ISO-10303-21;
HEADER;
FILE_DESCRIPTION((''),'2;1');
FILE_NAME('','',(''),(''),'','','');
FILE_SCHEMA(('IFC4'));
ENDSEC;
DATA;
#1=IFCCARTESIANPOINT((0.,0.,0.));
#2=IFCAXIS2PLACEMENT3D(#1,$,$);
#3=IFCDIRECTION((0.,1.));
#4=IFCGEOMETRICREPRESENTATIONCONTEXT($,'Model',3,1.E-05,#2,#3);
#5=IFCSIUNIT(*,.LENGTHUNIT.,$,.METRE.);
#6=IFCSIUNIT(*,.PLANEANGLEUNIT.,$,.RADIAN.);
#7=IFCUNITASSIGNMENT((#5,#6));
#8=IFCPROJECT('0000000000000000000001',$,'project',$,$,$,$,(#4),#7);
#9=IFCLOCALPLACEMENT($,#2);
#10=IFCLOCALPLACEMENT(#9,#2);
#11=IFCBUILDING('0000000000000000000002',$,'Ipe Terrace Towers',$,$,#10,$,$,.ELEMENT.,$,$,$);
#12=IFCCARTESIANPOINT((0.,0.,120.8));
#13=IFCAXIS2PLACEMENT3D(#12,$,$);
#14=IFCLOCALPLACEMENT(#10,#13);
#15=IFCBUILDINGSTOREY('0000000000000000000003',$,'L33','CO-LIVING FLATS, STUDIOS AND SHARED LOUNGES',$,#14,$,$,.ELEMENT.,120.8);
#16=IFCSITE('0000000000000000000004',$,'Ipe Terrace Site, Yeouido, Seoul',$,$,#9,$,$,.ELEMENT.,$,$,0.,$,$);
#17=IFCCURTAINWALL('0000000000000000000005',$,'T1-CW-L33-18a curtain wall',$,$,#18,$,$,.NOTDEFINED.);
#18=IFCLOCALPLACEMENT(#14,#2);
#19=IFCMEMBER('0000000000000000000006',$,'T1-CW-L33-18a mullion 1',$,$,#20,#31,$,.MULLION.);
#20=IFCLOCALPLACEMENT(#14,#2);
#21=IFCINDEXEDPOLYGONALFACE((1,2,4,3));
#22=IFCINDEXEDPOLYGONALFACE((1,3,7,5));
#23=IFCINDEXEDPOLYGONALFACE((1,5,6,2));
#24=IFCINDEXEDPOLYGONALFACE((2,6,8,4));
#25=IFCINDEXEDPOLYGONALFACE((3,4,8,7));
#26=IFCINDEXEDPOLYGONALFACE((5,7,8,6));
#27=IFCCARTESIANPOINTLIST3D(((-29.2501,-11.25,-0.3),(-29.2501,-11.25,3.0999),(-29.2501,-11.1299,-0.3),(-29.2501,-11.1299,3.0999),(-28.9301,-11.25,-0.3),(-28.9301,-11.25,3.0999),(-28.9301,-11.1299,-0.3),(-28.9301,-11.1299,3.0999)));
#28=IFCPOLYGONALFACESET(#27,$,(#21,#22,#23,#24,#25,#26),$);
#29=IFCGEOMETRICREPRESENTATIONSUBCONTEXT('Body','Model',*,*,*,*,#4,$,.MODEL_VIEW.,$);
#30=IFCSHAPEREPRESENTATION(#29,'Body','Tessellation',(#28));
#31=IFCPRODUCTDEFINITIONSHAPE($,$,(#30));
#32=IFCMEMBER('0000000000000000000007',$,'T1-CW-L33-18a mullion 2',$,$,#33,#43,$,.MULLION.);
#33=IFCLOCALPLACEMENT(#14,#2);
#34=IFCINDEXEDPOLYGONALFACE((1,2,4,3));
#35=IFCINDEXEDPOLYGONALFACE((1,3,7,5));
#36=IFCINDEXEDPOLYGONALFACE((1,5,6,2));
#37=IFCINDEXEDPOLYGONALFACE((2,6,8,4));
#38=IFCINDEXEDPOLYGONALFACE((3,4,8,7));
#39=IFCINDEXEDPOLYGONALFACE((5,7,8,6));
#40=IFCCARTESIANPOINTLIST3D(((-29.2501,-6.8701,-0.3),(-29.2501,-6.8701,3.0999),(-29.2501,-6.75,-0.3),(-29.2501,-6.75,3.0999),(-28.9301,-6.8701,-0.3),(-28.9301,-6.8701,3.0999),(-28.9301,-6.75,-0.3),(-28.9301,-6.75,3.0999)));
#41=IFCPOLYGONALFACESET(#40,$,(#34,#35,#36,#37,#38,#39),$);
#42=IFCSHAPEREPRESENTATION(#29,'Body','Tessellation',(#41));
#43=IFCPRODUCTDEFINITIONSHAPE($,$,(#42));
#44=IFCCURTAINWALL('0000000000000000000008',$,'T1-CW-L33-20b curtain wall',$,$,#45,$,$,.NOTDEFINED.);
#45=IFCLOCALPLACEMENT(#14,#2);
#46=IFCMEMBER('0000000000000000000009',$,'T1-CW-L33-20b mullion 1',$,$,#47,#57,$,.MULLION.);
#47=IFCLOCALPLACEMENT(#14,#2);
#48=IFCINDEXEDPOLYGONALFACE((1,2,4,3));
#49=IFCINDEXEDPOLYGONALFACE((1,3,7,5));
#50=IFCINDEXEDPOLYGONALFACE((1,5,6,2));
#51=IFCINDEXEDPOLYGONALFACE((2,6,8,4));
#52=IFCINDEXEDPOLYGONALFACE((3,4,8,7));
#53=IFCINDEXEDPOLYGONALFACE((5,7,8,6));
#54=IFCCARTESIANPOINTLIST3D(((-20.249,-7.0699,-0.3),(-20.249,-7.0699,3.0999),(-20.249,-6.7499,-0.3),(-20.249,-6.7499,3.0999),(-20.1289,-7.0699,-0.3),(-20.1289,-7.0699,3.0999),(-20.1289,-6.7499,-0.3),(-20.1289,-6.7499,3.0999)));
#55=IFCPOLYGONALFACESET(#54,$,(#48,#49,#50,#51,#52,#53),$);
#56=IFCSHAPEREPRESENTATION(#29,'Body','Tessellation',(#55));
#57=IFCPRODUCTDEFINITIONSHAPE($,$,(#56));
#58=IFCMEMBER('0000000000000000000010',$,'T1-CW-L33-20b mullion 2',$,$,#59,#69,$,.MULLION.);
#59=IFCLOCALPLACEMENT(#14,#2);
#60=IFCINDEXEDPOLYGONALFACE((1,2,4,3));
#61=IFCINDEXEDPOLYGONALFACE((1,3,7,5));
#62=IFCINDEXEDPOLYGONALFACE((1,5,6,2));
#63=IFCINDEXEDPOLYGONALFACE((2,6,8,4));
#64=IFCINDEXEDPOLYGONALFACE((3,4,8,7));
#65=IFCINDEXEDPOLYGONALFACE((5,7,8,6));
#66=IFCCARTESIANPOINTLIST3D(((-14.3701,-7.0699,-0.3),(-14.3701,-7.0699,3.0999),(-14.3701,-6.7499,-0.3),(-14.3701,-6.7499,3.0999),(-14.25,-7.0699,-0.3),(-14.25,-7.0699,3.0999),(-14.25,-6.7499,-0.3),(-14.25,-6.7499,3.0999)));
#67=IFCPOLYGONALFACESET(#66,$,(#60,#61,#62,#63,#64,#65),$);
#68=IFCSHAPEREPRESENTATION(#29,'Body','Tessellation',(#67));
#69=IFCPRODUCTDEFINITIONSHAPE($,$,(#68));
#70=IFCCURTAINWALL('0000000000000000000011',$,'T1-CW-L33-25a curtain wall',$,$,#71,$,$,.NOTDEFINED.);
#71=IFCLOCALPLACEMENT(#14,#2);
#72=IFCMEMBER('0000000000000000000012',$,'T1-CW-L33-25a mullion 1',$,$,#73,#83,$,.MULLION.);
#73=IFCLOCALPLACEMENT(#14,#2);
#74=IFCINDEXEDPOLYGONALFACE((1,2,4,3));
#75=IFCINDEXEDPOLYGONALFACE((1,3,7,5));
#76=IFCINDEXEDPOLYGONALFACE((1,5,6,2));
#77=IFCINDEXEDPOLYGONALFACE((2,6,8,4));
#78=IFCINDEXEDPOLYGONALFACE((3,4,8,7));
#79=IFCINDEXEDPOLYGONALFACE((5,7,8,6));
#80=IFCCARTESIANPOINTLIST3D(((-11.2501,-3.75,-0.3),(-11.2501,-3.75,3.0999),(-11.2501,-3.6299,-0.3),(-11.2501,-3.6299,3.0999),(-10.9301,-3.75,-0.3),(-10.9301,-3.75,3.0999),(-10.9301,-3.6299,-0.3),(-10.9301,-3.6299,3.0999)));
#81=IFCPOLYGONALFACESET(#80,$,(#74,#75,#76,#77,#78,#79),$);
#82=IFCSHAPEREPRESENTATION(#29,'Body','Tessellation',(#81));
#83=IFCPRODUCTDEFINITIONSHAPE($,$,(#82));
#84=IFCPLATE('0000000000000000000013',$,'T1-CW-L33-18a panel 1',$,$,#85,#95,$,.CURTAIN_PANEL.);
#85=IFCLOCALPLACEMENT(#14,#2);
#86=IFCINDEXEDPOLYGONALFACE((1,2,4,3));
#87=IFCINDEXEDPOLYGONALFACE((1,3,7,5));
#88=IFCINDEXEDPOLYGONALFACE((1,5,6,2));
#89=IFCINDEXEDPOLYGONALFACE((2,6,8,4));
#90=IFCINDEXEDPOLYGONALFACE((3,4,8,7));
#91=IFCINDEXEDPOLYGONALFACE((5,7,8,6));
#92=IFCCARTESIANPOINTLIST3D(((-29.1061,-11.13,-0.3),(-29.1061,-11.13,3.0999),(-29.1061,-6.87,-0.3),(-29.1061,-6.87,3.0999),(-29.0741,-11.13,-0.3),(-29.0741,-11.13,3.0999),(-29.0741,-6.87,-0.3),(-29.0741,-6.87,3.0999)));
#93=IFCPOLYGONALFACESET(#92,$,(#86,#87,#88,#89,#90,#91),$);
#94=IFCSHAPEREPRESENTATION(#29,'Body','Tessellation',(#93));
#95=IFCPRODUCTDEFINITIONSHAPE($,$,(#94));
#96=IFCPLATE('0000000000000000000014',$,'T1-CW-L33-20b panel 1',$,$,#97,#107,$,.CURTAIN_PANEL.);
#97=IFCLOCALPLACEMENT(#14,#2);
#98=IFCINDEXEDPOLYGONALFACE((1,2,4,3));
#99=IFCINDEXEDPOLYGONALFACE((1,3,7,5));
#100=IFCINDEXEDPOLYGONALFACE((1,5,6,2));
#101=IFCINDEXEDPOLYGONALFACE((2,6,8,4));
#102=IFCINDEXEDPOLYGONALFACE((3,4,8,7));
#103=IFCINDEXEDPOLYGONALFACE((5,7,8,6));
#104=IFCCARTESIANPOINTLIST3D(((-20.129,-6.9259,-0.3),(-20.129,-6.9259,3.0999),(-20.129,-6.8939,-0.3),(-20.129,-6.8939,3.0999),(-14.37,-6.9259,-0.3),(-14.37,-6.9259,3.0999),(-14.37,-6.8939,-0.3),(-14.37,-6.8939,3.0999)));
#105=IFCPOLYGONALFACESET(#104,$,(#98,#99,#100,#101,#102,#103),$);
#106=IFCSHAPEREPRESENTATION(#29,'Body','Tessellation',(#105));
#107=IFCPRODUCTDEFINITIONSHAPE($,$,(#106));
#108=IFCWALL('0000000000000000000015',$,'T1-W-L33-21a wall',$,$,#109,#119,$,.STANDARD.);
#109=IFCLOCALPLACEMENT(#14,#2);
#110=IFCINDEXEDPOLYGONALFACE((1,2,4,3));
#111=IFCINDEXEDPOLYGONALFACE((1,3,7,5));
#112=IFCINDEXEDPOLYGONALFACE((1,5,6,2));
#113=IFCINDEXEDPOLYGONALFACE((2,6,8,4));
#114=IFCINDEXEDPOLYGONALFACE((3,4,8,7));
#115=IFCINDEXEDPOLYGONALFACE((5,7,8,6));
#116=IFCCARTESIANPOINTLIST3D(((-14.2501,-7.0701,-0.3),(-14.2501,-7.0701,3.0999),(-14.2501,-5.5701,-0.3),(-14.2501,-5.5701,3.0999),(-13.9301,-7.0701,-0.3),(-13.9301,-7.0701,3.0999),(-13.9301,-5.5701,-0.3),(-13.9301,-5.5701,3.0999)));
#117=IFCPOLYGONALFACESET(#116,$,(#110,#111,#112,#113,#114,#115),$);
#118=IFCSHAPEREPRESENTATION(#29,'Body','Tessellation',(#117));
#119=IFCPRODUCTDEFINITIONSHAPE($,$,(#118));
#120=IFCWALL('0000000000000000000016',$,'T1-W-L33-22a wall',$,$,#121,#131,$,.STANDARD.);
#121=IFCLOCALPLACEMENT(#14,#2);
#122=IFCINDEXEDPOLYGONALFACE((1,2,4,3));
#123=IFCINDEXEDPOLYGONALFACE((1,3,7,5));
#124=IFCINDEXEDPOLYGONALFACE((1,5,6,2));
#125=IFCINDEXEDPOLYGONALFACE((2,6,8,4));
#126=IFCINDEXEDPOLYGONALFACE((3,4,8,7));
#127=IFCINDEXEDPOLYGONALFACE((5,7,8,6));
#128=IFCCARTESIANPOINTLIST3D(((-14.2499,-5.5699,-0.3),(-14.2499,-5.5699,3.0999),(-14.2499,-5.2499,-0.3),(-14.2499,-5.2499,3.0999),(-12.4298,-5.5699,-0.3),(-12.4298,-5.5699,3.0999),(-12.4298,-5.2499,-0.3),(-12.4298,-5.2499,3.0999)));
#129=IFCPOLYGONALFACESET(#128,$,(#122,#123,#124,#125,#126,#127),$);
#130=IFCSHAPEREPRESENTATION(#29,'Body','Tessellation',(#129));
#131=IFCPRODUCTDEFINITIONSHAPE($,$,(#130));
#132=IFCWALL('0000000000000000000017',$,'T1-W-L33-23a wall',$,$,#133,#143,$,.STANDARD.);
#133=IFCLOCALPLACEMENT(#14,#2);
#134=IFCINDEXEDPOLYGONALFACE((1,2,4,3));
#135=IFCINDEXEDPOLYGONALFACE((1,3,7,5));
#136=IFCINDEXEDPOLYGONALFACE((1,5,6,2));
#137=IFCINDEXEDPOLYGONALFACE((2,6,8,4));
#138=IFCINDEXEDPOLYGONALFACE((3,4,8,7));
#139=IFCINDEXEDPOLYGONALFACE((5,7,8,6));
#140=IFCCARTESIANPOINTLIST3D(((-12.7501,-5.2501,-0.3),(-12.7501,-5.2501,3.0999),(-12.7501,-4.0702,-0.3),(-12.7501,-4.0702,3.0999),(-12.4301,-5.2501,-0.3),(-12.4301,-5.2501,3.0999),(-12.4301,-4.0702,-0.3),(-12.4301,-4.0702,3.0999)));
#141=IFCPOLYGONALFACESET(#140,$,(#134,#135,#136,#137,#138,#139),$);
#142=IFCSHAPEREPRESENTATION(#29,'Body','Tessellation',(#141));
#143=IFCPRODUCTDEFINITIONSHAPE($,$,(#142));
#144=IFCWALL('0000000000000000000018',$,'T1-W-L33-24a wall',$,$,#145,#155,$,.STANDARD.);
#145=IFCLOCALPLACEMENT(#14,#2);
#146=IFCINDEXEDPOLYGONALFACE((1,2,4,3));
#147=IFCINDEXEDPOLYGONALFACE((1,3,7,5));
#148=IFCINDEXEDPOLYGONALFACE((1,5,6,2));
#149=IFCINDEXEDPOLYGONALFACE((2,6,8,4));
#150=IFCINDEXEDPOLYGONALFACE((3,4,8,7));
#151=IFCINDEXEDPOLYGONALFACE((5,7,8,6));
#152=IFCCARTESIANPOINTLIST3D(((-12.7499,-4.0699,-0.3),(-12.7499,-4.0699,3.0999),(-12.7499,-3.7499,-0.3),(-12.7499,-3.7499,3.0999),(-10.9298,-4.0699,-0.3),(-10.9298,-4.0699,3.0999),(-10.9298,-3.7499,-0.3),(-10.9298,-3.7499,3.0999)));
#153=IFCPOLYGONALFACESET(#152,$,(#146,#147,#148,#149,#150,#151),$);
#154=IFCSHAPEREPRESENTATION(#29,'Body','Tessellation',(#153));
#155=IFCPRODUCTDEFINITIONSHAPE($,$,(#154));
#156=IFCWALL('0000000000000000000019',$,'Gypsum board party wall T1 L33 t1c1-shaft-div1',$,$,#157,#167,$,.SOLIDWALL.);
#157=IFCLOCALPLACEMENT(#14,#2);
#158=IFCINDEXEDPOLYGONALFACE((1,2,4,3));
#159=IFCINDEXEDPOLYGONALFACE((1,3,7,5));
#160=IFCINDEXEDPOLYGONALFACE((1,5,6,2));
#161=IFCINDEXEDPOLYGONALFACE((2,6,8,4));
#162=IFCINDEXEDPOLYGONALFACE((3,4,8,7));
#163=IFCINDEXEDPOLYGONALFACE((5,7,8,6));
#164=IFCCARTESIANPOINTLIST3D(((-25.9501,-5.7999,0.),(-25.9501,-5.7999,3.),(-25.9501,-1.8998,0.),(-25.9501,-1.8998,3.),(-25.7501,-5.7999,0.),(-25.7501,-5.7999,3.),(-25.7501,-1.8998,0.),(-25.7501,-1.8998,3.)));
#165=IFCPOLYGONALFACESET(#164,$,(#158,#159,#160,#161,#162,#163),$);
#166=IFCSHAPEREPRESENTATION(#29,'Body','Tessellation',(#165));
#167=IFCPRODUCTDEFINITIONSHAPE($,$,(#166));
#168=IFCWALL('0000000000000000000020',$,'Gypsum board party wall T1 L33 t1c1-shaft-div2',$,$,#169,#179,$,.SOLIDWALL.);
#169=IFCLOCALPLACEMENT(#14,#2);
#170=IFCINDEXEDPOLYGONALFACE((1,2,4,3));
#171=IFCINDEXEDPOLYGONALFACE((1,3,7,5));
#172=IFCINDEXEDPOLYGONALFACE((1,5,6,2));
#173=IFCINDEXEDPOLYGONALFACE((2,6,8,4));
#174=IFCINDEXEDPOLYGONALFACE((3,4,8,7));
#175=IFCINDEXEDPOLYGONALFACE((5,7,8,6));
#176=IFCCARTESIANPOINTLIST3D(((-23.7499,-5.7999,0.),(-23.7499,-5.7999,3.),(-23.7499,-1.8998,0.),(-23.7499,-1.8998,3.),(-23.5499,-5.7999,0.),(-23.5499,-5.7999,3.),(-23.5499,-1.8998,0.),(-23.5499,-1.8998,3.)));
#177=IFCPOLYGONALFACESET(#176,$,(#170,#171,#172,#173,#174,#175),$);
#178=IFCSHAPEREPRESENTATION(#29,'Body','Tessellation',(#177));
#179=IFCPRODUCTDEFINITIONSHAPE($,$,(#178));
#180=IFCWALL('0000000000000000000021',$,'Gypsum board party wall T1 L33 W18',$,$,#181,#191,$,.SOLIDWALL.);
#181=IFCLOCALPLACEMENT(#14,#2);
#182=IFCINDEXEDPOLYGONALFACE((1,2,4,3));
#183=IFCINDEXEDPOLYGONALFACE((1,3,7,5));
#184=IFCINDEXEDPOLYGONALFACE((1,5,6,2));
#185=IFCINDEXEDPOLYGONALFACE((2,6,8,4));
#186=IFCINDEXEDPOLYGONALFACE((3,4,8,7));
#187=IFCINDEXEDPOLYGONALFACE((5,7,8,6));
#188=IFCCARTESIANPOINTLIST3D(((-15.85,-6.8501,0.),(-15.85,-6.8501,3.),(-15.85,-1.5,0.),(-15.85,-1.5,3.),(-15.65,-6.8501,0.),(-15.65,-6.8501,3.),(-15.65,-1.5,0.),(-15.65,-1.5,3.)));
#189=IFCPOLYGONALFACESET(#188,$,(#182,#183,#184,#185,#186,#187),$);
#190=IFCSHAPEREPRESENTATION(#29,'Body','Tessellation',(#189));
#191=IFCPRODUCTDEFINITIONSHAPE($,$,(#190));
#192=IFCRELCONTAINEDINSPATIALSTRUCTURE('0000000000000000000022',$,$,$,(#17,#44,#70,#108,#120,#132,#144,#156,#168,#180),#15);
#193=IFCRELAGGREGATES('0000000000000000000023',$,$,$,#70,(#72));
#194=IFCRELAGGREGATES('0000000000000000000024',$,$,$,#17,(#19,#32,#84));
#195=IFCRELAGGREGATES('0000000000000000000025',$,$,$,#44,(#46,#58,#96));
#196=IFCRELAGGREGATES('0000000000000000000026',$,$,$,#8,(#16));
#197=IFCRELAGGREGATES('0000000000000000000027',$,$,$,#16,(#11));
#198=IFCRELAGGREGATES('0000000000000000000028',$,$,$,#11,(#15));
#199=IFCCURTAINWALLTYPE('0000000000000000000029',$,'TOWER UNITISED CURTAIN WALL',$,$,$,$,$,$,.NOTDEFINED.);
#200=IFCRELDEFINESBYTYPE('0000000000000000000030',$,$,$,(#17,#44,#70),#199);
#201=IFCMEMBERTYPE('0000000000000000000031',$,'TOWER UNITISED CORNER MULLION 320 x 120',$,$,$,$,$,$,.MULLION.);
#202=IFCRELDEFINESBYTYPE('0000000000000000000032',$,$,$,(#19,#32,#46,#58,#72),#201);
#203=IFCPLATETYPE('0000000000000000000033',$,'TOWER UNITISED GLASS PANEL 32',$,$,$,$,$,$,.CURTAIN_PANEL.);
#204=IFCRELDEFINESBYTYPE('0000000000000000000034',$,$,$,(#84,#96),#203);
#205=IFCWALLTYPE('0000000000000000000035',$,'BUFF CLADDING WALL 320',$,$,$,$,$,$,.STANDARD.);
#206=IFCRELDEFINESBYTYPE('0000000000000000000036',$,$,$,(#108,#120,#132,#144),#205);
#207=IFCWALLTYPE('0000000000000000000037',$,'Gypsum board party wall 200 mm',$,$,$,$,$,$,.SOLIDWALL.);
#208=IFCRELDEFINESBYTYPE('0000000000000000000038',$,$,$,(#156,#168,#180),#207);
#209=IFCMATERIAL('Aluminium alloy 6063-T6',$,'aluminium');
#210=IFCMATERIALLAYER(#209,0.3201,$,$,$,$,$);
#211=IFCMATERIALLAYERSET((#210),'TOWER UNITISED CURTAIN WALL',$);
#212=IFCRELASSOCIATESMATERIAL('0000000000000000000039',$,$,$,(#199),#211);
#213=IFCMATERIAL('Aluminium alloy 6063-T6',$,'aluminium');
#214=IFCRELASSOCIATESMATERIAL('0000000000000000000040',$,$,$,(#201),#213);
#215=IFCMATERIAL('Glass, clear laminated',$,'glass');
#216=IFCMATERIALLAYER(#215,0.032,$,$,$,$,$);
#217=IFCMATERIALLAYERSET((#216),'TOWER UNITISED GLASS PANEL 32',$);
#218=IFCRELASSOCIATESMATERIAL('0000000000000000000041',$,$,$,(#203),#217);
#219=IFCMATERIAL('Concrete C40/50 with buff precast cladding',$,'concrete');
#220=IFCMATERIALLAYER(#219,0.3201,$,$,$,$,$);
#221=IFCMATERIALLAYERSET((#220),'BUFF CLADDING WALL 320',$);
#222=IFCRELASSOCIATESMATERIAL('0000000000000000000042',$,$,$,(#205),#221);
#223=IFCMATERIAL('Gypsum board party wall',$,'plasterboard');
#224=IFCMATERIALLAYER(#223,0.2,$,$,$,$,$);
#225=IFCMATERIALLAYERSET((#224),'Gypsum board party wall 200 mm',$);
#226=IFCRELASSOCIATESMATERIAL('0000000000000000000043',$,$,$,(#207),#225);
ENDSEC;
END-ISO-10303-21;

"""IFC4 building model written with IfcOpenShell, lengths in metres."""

from ifc_helpers import new_model, si_unit, direction, frame, frame_2d, origin, origin_2d, place, context, subcontext, project, spatial, rectangle, extrude, material, layer, layer_set, material_profile, profile_set, type_object, element, aggregate, save


model = new_model("IFC4")

# Units and contexts
model_context = context("Model", 3, precision=1e-05, world=origin(), true_north=direction((0.0, 1.0)))
body_context = subcontext(model_context, "Body", "Model", "MODEL_VIEW")
ifc_project = project(units=[si_unit("LENGTHUNIT", "METRE"), si_unit("PLANEANGLEUNIT", "RADIAN")], contexts=[model_context])

# Site, building, storey
site_placement = place(None, origin())
site = spatial("IfcSite", under=ifc_project, at=site_placement, Name="Ipe Terrace Site, Yeouido, Seoul", CompositionType="ELEMENT", RefElevation=0.0)
building_placement = place(site_placement, origin())
building = spatial("IfcBuilding", under=site, at=building_placement, Name="Ipe Terrace Towers", CompositionType="ELEMENT")
storey_placement = place(building_placement, frame((0.0, 0.0, 120.8)))
storey = spatial("IfcBuildingStorey", under=building, at=storey_placement, Name="L33", Description="CO-LIVING FLATS, STUDIOS AND SHARED LOUNGES", CompositionType="ELEMENT", Elevation=120.8)

# Shared definitions
ifc_material_1 = material(Name="Aluminium alloy 6063-T6", Category="aluminium")
ifc_layer_1 = layer(ifc_material_1, 0.3201)
ifc_layer_set_1 = layer_set([ifc_layer_1], Name="TOWER UNITISED CURTAIN WALL")
curtain_wall_type = type_object("IfcCurtainWallType", Name="TOWER UNITISED CURTAIN WALL", PredefinedType="NOTDEFINED", material=ifc_layer_set_1)
ifc_material_2 = material(Name="Aluminium alloy 6063-T6", Category="aluminium")
ifc_material_profile_1 = material_profile(ifc_material_2, rectangle(XDim=0.3201, YDim=0.1201, at=origin_2d()), Name="TOWER UNITISED CORNER MULLION 320 x 120")
ifc_profile_set_1 = profile_set([ifc_material_profile_1], Name="Aluminium alloy 6063-T6")
member_type = type_object("IfcMemberType", Name="TOWER UNITISED CORNER MULLION 320 x 120", PredefinedType="MULLION", material=ifc_profile_set_1)

# Curtain walls, members
curtain_wall_1_placement = place(storey_placement, origin())
curtain_wall_1 = element("IfcCurtainWall", 1, at=curtain_wall_1_placement, inside=storey, type_object=curtain_wall_type, Name="T1-CW-L33-18a curtain wall", PredefinedType="NOTDEFINED")
member_1_placement = place(storey_placement, frame((-29.0901, -11.1899, -0.3), z_axis=(0.0, 0.0, 1.0), x_axis=(1.0, 0.0, 0.0)))
member_1 = element("IfcMember", 2, at=member_1_placement, type_object=member_type, Name="T1-CW-L33-18a mullion 1", PredefinedType="MULLION", context=body_context, shape_type="SweptSolid", body=[
    extrude(rectangle(XDim=0.3201, YDim=0.1201, at=origin_2d()), origin(), (0.0, 0.0, 1.0), 3.3999),
])
member_2_placement = place(storey_placement, frame((-29.0901, -6.8101, -0.3), z_axis=(0.0, 0.0, 1.0), x_axis=(1.0, 0.0, 0.0)))
member_2 = element("IfcMember", 3, at=member_2_placement, type_object=member_type, Name="T1-CW-L33-18a mullion 2", PredefinedType="MULLION", context=body_context, shape_type="SweptSolid", body=[
    extrude(rectangle(XDim=0.3201, YDim=0.1201, at=origin_2d()), origin(), (0.0, 0.0, 1.0), 3.3999),
])
curtain_wall_2_placement = place(storey_placement, origin())
curtain_wall_2 = element("IfcCurtainWall", 4, at=curtain_wall_2_placement, inside=storey, type_object=curtain_wall_type, Name="T1-CW-L33-20b curtain wall", PredefinedType="NOTDEFINED")
member_3_placement = place(storey_placement, frame((-20.189, -6.9099, -0.3), z_axis=(0.0, 0.0, 1.0), x_axis=(0.0, -1.0, 0.0)))
member_3 = element("IfcMember", 5, at=member_3_placement, type_object=member_type, Name="T1-CW-L33-20b mullion 1", PredefinedType="MULLION", context=body_context, shape_type="SweptSolid", body=[
    extrude(rectangle(XDim=0.3201, YDim=0.1201, at=origin_2d()), origin(), (0.0, 0.0, 1.0), 3.3999),
])
member_4_placement = place(storey_placement, frame((-14.3101, -6.9099, -0.3), z_axis=(0.0, 0.0, 1.0), x_axis=(0.0, -1.0, 0.0)))
member_4 = element("IfcMember", 6, at=member_4_placement, type_object=member_type, Name="T1-CW-L33-20b mullion 2", PredefinedType="MULLION", context=body_context, shape_type="SweptSolid", body=[
    extrude(rectangle(XDim=0.3201, YDim=0.1201, at=origin_2d()), origin(), (0.0, 0.0, 1.0), 3.3999),
])

# Curtain wall, member
curtain_wall_3_placement = place(storey_placement, origin())
curtain_wall_3 = element("IfcCurtainWall", 7, at=curtain_wall_3_placement, inside=storey, type_object=curtain_wall_type, Name="T1-CW-L33-25a curtain wall", PredefinedType="NOTDEFINED")
member_5_placement = place(storey_placement, frame((-11.0901, -3.6899, -0.3), z_axis=(0.0, 0.0, 1.0), x_axis=(1.0, 0.0, 0.0)))
member_5 = element("IfcMember", 8, at=member_5_placement, type_object=member_type, Name="T1-CW-L33-25a mullion 1", PredefinedType="MULLION", context=body_context, shape_type="SweptSolid", body=[
    extrude(rectangle(XDim=0.3201, YDim=0.1201, at=origin_2d()), origin(), (0.0, 0.0, 1.0), 3.3999),
])
aggregate(curtain_wall_3, [member_5])

# Plates
ifc_material_3 = material(Name="Glass, clear laminated", Category="glass")
ifc_layer_2 = layer(ifc_material_3, 0.032)
ifc_layer_set_2 = layer_set([ifc_layer_2], Name="TOWER UNITISED GLASS PANEL 32")
plate_type = type_object("IfcPlateType", Name="TOWER UNITISED GLASS PANEL 32", PredefinedType="CURTAIN_PANEL", material=ifc_layer_set_2)
plate_1_placement = place(storey_placement, frame((-29.0901, -9.0, -0.3), z_axis=(0.0, 0.0, 1.0), x_axis=(0.0, 1.0, 0.0)))
plate_1 = element("IfcPlate", 9, at=plate_1_placement, type_object=plate_type, Name="T1-CW-L33-18a panel 1", PredefinedType="CURTAIN_PANEL", context=body_context, shape_type="SweptSolid", body=[
    extrude(rectangle(XDim=4.26, YDim=0.032, at=origin_2d()), origin(), (0.0, 0.0, 1.0), 3.3999),
])
aggregate(curtain_wall_1, [member_1, member_2, plate_1])
plate_2_placement = place(storey_placement, frame((-17.2495, -6.9099, -0.3), z_axis=(0.0, 0.0, 1.0), x_axis=(1.0, 0.0, 0.0)))
plate_2 = element("IfcPlate", 10, at=plate_2_placement, type_object=plate_type, Name="T1-CW-L33-20b panel 1", PredefinedType="CURTAIN_PANEL", context=body_context, shape_type="SweptSolid", body=[
    extrude(rectangle(XDim=5.759, YDim=0.032, at=origin_2d()), origin(), (0.0, 0.0, 1.0), 3.3999),
])
aggregate(curtain_wall_2, [member_3, member_4, plate_2])

# Walls
ifc_material_4 = material(Name="Concrete C40/50 with buff precast cladding", Category="concrete")
ifc_layer_3 = layer(ifc_material_4, 0.3201)
ifc_layer_set_3 = layer_set([ifc_layer_3], Name="BUFF CLADDING WALL 320")
wall_type_1 = type_object("IfcWallType", Name="BUFF CLADDING WALL 320", PredefinedType="STANDARD", material=ifc_layer_set_3)
wall_1_placement = place(storey_placement, frame((-14.0901, -7.0701, -0.3), z_axis=(0.0, 0.0, 1.0), x_axis=(0.0, 1.0, 0.0)))
element("IfcWall", 11, at=wall_1_placement, inside=storey, type_object=wall_type_1, Name="T1-W-L33-21a wall", PredefinedType="STANDARD", context=body_context, shape_type="SweptSolid", body=[
    extrude(rectangle(XDim=1.5, YDim=0.3201, at=frame_2d((0.75, 0.0))), origin(), (0.0, 0.0, 1.0), 3.3999),
])
wall_2_placement = place(storey_placement, frame((-14.25, -5.4099, -0.3), z_axis=(0.0, 0.0, 1.0), x_axis=(1.0, 0.0, 0.0)))
element("IfcWall", 12, at=wall_2_placement, inside=storey, type_object=wall_type_1, Name="T1-W-L33-22a wall", PredefinedType="STANDARD", context=body_context, shape_type="SweptSolid", body=[
    extrude(rectangle(XDim=1.8201, YDim=0.3201, at=frame_2d((0.9102, 0.0))), origin(), (0.0, 0.0, 1.0), 3.3999),
])
wall_3_placement = place(storey_placement, frame((-12.5901, -5.25, -0.3), z_axis=(0.0, 0.0, 1.0), x_axis=(0.0, 1.0, 0.0)))
element("IfcWall", 13, at=wall_3_placement, inside=storey, type_object=wall_type_1, Name="T1-W-L33-23a wall", PredefinedType="STANDARD", context=body_context, shape_type="SweptSolid", body=[
    extrude(rectangle(XDim=1.1799, YDim=0.3201, at=frame_2d((0.5898, 0.0))), origin(), (0.0, 0.0, 1.0), 3.3999),
])
wall_4_placement = place(storey_placement, frame((-12.75, -3.9099, -0.3), z_axis=(0.0, 0.0, 1.0), x_axis=(1.0, 0.0, 0.0)))
element("IfcWall", 14, at=wall_4_placement, inside=storey, type_object=wall_type_1, Name="T1-W-L33-24a wall", PredefinedType="STANDARD", context=body_context, shape_type="SweptSolid", body=[
    extrude(rectangle(XDim=1.8201, YDim=0.3201, at=frame_2d((0.9102, 0.0))), origin(), (0.0, 0.0, 1.0), 3.3999),
])
ifc_material_5 = material(Name="Gypsum board party wall", Category="plasterboard")
ifc_layer_4 = layer(ifc_material_5, 0.2)
ifc_layer_set_4 = layer_set([ifc_layer_4], Name="Gypsum board party wall 200 mm")
wall_type_2 = type_object("IfcWallType", Name="Gypsum board party wall 200 mm", PredefinedType="SOLIDWALL", material=ifc_layer_set_4)
for number, where, z_axis, x_axis, name in (
    (15, (-25.8501, -5.8, 0.0), (0.0, 0.0, 1.0), (0.0, 1.0, 0.0), "Gypsum board party wall T1 L33 t1c1-shaft-div1"),
    (16, (-23.6499, -5.8, 0.0), (0.0, 0.0, 1.0), (0.0, 1.0, 0.0), "Gypsum board party wall T1 L33 t1c1-shaft-div2"),
):
    element("IfcWall", number, at=place(storey_placement, frame(where, z_axis=z_axis, x_axis=x_axis)), inside=storey, type_object=wall_type_2, Name=name, PredefinedType="SOLIDWALL", context=body_context, shape_type="SweptSolid", body=[
        extrude(rectangle(XDim=3.9001, YDim=0.2, at=frame_2d((1.9502, 0.0))), origin(), (0.0, 0.0, 1.0), 3.0),
    ])
wall_5_placement = place(storey_placement, frame((-15.75, -6.8501, 0.0), z_axis=(0.0, 0.0, 1.0), x_axis=(0.0, 1.0, 0.0)))
element("IfcWall", 17, at=wall_5_placement, inside=storey, type_object=wall_type_2, Name="Gypsum board party wall T1 L33 W18", PredefinedType="SOLIDWALL", context=body_context, shape_type="SweptSolid", body=[
    extrude(rectangle(XDim=5.3501, YDim=0.2, at=frame_2d((2.675, 0.0))), origin(), (0.0, 0.0, 1.0), 3.0),
])

save(model, "model.ifc")
